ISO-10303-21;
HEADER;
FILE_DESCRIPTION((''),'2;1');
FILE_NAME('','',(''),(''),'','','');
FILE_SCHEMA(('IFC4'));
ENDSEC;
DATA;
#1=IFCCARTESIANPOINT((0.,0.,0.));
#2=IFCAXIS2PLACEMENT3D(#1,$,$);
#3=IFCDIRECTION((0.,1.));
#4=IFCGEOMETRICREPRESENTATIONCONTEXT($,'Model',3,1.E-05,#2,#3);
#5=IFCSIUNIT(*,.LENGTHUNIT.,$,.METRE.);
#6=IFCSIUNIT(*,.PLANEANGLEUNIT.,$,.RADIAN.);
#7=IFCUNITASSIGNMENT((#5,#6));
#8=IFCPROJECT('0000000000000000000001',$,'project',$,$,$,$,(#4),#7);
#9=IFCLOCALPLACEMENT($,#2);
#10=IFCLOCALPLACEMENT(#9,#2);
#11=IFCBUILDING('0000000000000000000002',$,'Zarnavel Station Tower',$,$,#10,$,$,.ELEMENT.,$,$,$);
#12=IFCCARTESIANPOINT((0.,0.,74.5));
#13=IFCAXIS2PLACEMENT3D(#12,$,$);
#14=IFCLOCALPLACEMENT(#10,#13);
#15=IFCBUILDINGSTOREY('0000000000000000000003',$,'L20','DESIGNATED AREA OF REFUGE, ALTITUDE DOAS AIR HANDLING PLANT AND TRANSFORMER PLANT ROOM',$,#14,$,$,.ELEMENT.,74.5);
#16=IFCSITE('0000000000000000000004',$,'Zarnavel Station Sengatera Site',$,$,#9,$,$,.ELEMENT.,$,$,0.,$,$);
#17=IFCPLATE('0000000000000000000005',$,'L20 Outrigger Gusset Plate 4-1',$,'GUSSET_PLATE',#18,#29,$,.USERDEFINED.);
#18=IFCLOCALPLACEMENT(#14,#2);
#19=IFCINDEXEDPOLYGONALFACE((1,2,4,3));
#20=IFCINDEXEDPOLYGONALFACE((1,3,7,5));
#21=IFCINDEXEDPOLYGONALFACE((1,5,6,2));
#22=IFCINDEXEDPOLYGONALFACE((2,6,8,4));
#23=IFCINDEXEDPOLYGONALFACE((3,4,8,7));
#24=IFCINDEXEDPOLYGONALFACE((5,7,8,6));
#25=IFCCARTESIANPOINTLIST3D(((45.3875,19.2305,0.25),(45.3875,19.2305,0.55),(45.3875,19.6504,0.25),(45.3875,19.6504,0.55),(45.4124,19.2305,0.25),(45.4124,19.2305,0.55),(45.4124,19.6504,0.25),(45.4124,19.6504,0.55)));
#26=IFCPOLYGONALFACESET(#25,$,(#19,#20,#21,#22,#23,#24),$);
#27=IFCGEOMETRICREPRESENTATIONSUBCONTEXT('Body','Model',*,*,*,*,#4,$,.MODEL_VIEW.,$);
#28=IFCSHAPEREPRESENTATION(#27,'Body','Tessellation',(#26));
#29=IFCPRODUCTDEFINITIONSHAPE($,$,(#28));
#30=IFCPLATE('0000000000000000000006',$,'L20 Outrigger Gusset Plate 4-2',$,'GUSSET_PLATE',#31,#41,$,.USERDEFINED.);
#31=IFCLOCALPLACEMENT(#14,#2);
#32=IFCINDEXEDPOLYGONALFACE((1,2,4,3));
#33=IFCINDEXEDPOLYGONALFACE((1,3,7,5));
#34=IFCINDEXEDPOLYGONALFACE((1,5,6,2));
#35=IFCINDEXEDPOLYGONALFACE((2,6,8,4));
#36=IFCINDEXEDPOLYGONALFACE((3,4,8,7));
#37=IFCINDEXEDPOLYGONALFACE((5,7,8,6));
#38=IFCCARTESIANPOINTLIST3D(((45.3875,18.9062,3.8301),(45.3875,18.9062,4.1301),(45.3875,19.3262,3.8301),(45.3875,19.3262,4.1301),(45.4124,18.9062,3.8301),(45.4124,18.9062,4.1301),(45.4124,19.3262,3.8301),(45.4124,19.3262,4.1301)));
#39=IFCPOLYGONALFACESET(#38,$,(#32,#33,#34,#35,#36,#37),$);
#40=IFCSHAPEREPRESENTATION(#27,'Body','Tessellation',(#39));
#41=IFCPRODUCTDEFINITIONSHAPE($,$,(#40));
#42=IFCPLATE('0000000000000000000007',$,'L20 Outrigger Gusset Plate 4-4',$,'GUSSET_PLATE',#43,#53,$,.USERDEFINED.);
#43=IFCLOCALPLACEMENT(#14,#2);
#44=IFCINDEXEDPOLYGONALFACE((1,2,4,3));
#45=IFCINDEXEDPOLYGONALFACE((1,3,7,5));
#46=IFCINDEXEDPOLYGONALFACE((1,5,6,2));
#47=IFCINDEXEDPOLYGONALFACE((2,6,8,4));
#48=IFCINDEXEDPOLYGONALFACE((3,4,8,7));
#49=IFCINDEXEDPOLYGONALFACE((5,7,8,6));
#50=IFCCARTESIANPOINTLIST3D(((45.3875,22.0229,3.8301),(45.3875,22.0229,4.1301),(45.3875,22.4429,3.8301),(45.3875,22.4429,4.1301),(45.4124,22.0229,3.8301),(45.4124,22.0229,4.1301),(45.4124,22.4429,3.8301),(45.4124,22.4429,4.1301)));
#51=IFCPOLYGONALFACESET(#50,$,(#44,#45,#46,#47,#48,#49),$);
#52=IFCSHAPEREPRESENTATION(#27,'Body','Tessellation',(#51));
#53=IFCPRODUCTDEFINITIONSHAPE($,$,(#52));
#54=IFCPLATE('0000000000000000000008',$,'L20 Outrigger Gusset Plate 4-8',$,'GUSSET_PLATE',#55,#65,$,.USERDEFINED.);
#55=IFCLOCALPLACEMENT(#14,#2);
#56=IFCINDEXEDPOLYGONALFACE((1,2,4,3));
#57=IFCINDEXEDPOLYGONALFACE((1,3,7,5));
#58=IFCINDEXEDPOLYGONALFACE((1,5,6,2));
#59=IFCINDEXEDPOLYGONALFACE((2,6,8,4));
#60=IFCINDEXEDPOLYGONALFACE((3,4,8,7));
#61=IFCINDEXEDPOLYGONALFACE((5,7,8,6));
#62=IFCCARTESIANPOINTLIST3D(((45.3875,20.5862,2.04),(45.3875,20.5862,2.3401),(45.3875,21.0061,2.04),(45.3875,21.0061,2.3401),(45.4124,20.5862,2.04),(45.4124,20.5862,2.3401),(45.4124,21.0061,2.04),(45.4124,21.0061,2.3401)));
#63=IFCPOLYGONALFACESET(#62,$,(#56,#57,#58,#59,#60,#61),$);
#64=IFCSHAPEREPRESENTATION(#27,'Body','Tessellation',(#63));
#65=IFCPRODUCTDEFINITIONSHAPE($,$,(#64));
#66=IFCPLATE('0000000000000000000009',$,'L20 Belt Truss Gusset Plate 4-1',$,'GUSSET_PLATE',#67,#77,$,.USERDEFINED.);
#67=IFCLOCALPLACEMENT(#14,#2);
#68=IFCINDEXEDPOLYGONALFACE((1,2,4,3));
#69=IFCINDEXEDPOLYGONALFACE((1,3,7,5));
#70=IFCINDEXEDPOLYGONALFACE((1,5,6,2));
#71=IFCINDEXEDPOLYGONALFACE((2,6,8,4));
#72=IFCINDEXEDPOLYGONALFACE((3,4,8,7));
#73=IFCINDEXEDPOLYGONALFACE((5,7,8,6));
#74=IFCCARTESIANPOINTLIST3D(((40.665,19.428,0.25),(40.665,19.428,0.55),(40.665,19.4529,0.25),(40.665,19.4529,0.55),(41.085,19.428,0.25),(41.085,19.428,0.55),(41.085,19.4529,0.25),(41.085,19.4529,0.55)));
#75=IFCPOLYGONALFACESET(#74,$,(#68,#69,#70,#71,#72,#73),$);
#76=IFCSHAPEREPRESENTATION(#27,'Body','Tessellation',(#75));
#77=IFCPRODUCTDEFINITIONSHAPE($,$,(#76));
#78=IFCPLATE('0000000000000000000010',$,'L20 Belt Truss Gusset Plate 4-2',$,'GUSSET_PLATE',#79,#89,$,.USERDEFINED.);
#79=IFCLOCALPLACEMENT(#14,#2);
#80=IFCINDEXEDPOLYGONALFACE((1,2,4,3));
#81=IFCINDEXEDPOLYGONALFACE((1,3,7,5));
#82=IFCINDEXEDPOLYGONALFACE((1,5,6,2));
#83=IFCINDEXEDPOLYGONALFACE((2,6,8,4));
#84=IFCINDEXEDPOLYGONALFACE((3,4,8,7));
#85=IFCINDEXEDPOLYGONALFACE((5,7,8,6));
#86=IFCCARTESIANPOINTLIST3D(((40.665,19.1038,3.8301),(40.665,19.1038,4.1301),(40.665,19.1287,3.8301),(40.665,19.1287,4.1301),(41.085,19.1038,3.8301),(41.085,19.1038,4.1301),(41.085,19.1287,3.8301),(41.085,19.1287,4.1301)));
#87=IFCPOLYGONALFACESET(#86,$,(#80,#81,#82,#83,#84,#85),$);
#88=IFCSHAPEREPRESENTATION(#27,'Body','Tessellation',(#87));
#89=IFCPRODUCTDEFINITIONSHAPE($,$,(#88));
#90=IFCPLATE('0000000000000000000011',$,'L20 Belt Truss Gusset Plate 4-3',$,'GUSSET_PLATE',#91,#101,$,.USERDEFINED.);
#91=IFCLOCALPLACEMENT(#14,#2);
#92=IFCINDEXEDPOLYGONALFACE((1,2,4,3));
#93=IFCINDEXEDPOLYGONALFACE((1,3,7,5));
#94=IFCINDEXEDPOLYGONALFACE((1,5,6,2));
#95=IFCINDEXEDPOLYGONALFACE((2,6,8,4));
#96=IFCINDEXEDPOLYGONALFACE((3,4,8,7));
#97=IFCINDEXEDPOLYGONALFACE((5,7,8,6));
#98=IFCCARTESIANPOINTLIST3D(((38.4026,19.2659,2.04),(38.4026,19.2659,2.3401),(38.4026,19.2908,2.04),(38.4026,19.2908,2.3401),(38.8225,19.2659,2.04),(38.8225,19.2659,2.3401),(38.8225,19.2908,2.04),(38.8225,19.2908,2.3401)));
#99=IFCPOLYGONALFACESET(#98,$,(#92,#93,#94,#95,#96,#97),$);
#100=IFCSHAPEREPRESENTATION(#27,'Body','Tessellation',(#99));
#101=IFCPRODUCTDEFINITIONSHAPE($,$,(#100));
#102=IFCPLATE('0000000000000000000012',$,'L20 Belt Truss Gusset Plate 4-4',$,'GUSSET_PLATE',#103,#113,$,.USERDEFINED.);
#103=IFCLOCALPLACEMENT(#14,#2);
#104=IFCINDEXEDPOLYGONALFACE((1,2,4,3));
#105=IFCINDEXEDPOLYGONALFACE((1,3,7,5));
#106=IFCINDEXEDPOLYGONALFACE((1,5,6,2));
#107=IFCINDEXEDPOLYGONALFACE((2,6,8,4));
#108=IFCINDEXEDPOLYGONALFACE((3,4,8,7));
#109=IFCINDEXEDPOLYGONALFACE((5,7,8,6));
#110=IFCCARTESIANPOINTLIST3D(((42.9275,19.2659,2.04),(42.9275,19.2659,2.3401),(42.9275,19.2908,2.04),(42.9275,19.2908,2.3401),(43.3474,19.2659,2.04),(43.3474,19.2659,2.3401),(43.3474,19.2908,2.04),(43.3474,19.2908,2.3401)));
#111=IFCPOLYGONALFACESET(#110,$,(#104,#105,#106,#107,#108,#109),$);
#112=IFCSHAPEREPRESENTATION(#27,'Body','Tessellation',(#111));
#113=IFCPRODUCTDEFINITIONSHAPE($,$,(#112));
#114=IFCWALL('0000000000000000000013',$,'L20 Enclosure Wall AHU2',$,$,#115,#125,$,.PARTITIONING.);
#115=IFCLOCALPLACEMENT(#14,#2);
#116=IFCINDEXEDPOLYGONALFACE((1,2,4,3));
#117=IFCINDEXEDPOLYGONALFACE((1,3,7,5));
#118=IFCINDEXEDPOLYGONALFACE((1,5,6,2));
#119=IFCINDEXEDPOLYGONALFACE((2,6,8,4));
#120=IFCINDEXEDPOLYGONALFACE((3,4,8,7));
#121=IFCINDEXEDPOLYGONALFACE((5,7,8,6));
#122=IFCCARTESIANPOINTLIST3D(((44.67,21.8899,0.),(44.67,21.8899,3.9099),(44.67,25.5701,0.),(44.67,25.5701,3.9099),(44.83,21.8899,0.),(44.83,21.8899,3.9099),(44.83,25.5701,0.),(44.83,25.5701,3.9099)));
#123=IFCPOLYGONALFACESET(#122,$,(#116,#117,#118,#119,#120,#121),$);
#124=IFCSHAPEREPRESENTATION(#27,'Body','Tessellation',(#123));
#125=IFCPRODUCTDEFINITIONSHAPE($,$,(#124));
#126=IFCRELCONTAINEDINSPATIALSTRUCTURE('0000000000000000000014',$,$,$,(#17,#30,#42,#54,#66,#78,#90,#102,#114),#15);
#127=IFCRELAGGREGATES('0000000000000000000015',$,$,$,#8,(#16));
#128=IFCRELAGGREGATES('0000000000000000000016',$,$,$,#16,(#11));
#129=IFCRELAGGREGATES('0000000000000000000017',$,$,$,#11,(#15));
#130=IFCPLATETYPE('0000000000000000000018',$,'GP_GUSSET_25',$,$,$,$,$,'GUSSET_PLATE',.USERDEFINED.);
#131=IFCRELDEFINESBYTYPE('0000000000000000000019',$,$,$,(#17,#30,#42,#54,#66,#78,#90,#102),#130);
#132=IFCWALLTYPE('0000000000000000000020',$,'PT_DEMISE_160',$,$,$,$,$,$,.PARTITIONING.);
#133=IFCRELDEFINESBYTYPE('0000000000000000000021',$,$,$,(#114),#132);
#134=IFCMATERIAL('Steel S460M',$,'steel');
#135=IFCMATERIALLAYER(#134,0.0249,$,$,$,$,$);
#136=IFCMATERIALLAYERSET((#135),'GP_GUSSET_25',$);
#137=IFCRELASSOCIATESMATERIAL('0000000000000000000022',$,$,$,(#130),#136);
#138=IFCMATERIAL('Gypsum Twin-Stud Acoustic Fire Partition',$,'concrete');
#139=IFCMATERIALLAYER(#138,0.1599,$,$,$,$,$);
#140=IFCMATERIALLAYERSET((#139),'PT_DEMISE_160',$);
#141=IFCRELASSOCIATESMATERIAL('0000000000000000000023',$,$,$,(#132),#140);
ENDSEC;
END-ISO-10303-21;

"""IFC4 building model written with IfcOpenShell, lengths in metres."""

from ifc_helpers import new_model, si_unit, direction, frame, frame_2d, origin, origin_2d, place, context, subcontext, project, spatial, rectangle, extrude, material, layer, layer_set, type_object, element, save


model = new_model("IFC4")

# Units and contexts
model_context = context("Model", 3, precision=1e-05, world=origin(), true_north=direction((0.0, 1.0)))
body_context = subcontext(model_context, "Body", "Model", "MODEL_VIEW")
ifc_project = project(units=[si_unit("LENGTHUNIT", "METRE"), si_unit("PLANEANGLEUNIT", "RADIAN")], contexts=[model_context])

# Site, building, storey
site_placement = place(None, origin())
site = spatial("IfcSite", under=ifc_project, at=site_placement, Name="Zarnavel Station Sengatera Site", CompositionType="ELEMENT", RefElevation=0.0)
building_placement = place(site_placement, origin())
building = spatial("IfcBuilding", under=site, at=building_placement, Name="Zarnavel Station Tower", CompositionType="ELEMENT")
storey_placement = place(building_placement, frame((0.0, 0.0, 74.5)))
storey = spatial("IfcBuildingStorey", under=building, at=storey_placement, Name="L20", Description="DESIGNATED AREA OF REFUGE, ALTITUDE DOAS AIR HANDLING PLANT AND TRANSFORMER PLANT ROOM", CompositionType="ELEMENT", Elevation=74.5)

# Plates
ifc_material_1 = material(Name="Steel S460M", Category="steel")
ifc_layer_1 = layer(ifc_material_1, 0.0249)
ifc_layer_set_1 = layer_set([ifc_layer_1], Name="GP_GUSSET_25")
plate_type = type_object("IfcPlateType", Name="GP_GUSSET_25", ElementType="GUSSET_PLATE", PredefinedType="USERDEFINED", material=ifc_layer_set_1)
for number, where, z_axis, x_axis, name in (
    (1, (45.3999, 19.4404, 0.25), (0.0, 0.0, 1.0), (1.0, 0.0, 0.0), "L20 Outrigger Gusset Plate 4-1"),
    (2, (45.3999, 19.1162, 3.8301), (0.0, 0.0, 1.0), (1.0, 0.0, 0.0), "L20 Outrigger Gusset Plate 4-2"),
    (3, (45.3999, 22.2329, 3.8301), (0.0, 0.0, 1.0), (1.0, 0.0, 0.0), "L20 Outrigger Gusset Plate 4-4"),
    (4, (45.3999, 20.7961, 2.04), (0.0, 0.0, 1.0), (1.0, 0.0, 0.0), "L20 Outrigger Gusset Plate 4-8"),
):
    element("IfcPlate", number, at=place(storey_placement, frame(where, z_axis=z_axis, x_axis=x_axis)), inside=storey, type_object=plate_type, Name=name, ObjectType="GUSSET_PLATE", PredefinedType="USERDEFINED", context=body_context, shape_type="SweptSolid", body=[
        extrude(rectangle(XDim=0.0249, YDim=0.4199, at=origin_2d()), origin(), (0.0, 0.0, 1.0), 0.3),
    ])
for number, where, z_axis, x_axis, name in (
    (5, (40.875, 19.4404, 0.25), (0.0, 0.0, 1.0), (1.0, 0.0, 0.0), "L20 Belt Truss Gusset Plate 4-1"),
    (6, (40.875, 19.1162, 3.8301), (0.0, 0.0, 1.0), (1.0, 0.0, 0.0), "L20 Belt Truss Gusset Plate 4-2"),
    (7, (38.6125, 19.2783, 2.04), (0.0, 0.0, 1.0), (1.0, 0.0, 0.0), "L20 Belt Truss Gusset Plate 4-3"),
    (8, (43.1375, 19.2783, 2.04), (0.0, 0.0, 1.0), (1.0, 0.0, 0.0), "L20 Belt Truss Gusset Plate 4-4"),
):
    element("IfcPlate", number, at=place(storey_placement, frame(where, z_axis=z_axis, x_axis=x_axis)), inside=storey, type_object=plate_type, Name=name, ObjectType="GUSSET_PLATE", PredefinedType="USERDEFINED", context=body_context, shape_type="SweptSolid", body=[
        extrude(rectangle(XDim=0.4199, YDim=0.0249, at=origin_2d()), origin(), (0.0, 0.0, 1.0), 0.3),
    ])

# Wall
ifc_material_2 = material(Name="Gypsum Twin-Stud Acoustic Fire Partition", Category="concrete")
ifc_layer_2 = layer(ifc_material_2, 0.1599)
ifc_layer_set_2 = layer_set([ifc_layer_2], Name="PT_DEMISE_160")
wall_type = type_object("IfcWallType", Name="PT_DEMISE_160", PredefinedType="PARTITIONING", material=ifc_layer_set_2)
wall_placement = place(storey_placement, frame((44.75, 21.8899, 0.0), z_axis=(0.0, 0.0, 1.0), x_axis=(0.0, 1.0, 0.0)))
element("IfcWall", 9, at=wall_placement, inside=storey, type_object=wall_type, Name="L20 Enclosure Wall AHU2", PredefinedType="PARTITIONING", context=body_context, shape_type="SweptSolid", body=[
    extrude(rectangle(XDim=3.6802, YDim=0.1599, at=frame_2d((1.8401, 0.0))), origin(), (0.0, 0.0, 1.0), 3.9099),
])

save(model, "model.ifc")
